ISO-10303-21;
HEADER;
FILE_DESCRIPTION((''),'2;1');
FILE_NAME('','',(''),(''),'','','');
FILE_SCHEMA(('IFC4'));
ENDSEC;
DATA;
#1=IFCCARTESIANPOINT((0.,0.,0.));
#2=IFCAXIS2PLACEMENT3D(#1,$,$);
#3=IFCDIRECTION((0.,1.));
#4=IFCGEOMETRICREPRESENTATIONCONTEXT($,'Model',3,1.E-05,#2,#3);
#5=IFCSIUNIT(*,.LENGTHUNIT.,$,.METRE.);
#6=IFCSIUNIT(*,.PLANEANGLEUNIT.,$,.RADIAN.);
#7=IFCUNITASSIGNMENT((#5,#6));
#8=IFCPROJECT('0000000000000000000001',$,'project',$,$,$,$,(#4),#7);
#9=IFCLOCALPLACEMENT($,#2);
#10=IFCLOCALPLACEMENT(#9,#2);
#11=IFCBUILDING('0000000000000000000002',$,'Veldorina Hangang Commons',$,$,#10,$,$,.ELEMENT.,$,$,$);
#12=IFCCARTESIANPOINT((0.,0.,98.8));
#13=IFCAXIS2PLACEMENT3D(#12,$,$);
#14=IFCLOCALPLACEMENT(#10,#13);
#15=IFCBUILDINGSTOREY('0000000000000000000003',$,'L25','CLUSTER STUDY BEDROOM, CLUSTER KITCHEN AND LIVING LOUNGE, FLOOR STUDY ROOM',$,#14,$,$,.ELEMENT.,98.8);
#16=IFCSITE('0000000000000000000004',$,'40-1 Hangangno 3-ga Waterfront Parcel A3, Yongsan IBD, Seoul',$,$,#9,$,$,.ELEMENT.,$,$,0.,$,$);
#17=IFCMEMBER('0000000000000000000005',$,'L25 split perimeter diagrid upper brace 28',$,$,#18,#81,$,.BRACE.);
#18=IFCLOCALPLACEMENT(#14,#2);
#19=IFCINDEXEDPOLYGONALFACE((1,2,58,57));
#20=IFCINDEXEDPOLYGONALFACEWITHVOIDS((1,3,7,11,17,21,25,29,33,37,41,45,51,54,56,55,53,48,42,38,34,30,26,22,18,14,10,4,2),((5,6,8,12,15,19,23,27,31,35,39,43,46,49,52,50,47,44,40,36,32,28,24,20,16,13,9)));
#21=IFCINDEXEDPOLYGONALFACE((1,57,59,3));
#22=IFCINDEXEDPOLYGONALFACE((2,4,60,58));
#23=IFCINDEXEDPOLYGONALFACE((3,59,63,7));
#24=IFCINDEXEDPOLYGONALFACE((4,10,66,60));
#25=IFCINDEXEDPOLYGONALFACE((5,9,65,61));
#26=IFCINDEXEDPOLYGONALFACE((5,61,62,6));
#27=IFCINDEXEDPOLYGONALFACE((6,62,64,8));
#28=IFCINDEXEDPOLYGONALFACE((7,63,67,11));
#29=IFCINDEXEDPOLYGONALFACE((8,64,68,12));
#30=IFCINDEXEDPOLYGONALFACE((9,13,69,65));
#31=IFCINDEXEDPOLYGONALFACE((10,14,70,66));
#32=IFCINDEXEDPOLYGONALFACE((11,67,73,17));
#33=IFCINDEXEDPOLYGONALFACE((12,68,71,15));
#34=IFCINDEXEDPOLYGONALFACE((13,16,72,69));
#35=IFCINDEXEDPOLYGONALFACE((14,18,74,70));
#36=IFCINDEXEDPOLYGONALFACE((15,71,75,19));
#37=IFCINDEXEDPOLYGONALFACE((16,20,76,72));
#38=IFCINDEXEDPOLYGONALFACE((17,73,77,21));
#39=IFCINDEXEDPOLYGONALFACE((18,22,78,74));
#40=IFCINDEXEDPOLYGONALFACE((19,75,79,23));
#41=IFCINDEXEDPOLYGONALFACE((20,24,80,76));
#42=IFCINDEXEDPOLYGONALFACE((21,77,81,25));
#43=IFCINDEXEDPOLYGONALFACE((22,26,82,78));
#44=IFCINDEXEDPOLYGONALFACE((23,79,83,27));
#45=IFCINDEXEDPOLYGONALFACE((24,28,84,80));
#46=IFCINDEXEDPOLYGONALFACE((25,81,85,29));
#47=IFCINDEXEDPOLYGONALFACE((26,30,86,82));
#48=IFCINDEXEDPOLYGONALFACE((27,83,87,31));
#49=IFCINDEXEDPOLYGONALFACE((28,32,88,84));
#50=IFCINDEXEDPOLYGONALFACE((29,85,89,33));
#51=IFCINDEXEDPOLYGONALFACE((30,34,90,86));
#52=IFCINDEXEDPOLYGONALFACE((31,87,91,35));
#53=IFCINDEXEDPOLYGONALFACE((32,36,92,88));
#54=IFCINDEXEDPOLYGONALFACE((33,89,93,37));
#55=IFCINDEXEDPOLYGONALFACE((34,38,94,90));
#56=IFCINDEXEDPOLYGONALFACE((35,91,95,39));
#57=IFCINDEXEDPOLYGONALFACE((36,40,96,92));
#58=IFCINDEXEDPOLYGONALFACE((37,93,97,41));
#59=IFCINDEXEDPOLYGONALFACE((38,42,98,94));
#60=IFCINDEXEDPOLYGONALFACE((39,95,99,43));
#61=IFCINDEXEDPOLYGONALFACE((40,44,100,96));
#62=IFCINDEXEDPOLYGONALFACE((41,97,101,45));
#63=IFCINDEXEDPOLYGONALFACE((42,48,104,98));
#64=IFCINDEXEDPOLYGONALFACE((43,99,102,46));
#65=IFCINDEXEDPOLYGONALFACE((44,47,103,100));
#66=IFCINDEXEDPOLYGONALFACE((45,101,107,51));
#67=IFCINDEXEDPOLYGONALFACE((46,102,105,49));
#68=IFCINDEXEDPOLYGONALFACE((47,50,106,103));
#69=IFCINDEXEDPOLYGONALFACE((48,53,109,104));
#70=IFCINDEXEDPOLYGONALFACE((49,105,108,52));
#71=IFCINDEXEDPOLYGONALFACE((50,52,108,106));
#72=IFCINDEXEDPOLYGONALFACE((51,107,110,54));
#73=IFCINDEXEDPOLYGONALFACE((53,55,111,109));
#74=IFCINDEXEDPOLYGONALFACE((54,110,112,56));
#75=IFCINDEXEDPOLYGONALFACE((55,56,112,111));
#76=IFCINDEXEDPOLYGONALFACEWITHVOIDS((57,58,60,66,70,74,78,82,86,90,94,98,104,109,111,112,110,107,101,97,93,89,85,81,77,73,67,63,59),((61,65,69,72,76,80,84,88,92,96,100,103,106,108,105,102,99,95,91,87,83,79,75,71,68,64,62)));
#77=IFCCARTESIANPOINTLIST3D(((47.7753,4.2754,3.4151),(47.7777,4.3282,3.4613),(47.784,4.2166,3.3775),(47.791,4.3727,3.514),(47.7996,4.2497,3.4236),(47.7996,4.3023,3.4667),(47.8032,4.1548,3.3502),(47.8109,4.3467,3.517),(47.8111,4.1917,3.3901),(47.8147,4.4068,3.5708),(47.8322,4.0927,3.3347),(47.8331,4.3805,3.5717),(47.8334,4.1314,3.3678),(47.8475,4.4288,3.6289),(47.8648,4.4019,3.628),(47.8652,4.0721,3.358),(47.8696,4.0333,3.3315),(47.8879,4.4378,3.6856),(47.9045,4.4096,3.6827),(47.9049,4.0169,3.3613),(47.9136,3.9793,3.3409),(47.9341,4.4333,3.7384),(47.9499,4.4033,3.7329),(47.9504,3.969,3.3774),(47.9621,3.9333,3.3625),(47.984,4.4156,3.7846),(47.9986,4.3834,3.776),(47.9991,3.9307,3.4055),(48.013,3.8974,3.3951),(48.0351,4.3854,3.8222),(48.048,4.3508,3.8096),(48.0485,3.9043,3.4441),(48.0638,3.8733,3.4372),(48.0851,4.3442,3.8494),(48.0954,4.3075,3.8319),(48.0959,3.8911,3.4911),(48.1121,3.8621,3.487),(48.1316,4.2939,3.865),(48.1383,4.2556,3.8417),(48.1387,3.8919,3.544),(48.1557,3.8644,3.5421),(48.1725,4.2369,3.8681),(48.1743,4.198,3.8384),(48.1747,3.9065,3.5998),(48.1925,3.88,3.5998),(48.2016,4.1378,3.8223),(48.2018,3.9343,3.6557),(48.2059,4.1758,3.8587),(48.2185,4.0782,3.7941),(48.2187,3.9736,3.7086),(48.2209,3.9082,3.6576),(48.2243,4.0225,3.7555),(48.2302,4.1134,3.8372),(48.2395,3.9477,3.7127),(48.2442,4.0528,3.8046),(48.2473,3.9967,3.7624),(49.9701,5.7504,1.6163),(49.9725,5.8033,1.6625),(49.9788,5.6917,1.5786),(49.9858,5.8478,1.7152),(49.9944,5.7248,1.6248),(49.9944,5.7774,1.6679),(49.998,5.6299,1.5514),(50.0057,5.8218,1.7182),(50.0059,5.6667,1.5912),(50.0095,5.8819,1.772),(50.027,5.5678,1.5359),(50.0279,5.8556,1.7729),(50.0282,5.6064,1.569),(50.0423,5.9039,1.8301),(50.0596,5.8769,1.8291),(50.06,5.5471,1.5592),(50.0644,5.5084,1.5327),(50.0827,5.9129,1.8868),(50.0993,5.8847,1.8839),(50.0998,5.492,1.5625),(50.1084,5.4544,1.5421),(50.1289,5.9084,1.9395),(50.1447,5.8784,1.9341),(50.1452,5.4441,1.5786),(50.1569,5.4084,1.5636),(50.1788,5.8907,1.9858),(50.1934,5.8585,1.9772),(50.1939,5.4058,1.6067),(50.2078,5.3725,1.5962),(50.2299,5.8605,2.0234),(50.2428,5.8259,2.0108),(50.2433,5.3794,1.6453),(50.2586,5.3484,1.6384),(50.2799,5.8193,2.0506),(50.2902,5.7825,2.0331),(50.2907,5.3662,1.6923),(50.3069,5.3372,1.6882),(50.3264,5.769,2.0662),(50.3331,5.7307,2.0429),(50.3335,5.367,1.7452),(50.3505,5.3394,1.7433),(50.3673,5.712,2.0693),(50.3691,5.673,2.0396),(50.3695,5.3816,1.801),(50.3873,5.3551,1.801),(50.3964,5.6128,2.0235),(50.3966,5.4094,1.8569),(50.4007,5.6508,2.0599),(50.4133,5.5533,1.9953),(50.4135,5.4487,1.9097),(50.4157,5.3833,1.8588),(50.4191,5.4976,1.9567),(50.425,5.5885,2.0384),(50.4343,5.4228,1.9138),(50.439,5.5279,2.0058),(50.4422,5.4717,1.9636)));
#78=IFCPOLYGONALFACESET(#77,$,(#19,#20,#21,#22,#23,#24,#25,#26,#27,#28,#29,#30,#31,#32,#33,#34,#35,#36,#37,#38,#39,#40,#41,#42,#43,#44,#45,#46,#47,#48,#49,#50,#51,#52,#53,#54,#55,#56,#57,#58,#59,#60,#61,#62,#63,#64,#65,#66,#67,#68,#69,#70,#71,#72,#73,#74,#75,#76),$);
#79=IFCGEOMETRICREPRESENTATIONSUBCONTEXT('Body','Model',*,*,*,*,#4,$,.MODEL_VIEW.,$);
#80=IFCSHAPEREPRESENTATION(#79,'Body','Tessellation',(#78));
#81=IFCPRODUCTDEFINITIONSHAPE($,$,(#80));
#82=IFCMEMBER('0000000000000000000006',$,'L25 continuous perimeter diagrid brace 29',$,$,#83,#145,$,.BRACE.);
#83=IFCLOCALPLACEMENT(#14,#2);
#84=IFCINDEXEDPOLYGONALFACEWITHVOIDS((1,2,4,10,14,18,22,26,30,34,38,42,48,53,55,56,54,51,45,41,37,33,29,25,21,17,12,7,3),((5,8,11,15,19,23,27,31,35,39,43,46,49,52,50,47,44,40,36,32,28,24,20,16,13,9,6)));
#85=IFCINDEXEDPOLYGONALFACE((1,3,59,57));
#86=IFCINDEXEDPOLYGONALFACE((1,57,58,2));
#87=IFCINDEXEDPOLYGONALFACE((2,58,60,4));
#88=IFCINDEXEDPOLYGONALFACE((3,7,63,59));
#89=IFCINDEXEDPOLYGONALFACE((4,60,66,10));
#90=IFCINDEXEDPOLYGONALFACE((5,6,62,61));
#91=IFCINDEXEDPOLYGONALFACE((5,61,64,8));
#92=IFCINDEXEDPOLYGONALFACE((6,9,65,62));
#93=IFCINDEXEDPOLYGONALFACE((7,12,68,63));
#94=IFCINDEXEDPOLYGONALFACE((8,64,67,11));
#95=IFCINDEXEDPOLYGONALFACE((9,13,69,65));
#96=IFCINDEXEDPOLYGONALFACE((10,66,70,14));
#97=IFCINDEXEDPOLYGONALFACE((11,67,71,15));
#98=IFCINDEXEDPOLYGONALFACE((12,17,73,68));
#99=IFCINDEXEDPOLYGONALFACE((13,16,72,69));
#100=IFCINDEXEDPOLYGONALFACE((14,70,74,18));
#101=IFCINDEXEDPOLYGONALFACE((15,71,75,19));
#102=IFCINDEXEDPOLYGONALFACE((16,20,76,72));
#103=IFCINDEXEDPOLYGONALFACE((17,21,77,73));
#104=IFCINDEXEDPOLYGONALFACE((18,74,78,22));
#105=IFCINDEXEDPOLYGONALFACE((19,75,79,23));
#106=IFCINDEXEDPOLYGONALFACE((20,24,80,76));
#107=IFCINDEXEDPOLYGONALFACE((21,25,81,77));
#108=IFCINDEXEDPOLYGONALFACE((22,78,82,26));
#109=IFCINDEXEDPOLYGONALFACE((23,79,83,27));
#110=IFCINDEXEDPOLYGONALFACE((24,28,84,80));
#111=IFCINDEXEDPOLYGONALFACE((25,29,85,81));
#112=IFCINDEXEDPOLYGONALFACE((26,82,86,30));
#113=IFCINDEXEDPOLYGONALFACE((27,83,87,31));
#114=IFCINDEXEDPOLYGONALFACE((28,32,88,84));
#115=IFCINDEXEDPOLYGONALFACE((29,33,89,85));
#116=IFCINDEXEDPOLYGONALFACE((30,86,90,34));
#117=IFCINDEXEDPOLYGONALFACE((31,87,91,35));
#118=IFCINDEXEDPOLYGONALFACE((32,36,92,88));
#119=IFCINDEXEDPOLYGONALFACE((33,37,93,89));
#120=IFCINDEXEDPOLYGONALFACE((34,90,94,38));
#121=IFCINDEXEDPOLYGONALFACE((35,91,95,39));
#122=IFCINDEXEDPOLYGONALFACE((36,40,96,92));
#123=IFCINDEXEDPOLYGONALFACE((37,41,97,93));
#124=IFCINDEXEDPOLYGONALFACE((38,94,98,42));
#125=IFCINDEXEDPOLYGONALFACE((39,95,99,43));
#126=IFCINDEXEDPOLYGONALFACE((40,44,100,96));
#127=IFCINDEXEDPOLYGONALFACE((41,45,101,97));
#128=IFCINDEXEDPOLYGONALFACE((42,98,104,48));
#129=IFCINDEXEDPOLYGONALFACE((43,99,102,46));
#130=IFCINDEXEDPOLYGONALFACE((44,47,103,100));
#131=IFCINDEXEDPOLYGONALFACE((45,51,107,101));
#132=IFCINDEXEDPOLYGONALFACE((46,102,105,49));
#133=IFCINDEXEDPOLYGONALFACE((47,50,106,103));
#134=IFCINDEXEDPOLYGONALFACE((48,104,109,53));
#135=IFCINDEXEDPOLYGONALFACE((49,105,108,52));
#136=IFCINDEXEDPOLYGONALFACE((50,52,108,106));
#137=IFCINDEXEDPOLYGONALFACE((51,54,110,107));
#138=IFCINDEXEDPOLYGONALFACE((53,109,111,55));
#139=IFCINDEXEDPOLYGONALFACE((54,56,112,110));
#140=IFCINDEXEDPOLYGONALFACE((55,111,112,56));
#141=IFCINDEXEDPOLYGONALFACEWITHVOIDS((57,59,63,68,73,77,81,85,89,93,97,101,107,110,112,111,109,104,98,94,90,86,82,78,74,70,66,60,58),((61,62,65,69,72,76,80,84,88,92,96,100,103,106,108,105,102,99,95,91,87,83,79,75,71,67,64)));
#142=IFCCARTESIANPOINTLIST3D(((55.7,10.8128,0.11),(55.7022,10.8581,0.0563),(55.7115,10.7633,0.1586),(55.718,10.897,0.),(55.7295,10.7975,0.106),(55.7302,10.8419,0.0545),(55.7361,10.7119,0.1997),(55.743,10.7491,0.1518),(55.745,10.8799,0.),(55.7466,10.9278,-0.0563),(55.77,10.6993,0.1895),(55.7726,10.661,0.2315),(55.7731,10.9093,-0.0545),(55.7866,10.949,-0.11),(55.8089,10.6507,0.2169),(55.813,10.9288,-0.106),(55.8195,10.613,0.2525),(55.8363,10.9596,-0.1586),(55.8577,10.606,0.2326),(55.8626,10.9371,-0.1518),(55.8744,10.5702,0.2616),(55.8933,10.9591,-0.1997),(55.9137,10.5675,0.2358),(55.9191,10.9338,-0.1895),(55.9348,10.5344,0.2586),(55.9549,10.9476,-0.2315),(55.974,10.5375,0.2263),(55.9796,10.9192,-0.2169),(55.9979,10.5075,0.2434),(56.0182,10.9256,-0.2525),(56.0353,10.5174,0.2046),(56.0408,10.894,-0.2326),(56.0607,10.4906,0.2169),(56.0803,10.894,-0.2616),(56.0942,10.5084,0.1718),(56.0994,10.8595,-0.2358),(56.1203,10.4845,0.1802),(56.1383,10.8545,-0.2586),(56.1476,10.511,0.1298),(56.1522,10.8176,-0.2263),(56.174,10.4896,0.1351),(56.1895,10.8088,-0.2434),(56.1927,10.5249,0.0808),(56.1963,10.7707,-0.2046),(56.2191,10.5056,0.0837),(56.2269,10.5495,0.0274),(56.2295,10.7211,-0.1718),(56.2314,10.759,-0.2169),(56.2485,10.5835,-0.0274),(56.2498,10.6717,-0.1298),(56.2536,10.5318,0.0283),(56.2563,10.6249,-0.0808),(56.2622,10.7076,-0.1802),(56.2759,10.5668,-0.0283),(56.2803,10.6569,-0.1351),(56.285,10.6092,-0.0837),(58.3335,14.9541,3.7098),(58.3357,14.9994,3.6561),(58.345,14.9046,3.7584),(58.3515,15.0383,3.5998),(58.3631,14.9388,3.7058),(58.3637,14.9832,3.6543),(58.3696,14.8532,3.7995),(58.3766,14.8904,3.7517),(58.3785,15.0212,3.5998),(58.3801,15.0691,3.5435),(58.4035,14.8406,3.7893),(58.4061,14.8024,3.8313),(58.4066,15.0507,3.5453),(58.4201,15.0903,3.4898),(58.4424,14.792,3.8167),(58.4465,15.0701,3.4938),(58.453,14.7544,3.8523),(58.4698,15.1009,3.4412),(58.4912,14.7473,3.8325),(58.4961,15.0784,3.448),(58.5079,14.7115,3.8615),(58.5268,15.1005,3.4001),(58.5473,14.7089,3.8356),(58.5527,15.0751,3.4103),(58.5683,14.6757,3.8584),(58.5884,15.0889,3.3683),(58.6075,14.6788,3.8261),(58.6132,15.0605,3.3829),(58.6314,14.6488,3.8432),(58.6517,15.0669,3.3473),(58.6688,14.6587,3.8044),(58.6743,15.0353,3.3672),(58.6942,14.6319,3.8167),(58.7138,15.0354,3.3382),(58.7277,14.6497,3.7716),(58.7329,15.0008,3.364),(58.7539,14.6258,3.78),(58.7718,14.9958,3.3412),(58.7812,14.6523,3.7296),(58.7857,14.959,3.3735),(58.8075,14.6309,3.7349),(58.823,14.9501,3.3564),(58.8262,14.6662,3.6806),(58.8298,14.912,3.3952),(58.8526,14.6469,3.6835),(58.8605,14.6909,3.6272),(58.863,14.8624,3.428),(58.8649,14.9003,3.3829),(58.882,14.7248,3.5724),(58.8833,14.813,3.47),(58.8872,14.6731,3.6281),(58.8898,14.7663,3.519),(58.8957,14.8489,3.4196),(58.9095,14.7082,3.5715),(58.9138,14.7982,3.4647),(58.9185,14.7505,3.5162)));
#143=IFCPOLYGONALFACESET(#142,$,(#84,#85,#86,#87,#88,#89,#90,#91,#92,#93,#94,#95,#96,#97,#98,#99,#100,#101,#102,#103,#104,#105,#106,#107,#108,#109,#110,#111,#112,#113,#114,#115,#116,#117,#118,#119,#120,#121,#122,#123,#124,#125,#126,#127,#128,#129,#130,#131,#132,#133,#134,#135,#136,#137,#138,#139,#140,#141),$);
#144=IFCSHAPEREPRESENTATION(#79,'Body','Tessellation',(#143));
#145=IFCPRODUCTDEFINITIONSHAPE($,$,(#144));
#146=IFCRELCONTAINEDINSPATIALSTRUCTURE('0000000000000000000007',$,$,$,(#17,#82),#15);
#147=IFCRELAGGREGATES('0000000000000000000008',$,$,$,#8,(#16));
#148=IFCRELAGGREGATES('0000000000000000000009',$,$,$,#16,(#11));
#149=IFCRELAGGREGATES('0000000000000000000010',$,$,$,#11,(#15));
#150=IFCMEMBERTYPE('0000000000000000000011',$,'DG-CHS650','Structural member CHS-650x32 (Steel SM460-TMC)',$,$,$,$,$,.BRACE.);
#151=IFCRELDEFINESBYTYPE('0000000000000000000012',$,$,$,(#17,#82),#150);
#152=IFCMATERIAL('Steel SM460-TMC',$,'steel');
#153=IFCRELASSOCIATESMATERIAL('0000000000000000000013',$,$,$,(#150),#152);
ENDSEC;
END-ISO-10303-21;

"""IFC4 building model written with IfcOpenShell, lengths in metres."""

from ifc_helpers import new_model, si_unit, direction, frame, origin, origin_2d, place, context, subcontext, project, spatial, hollow_circle, extrude, material, material_profile, profile_set, type_object, element, save


model = new_model("IFC4")

# Units and contexts
model_context = context("Model", 3, precision=1e-05, world=origin(), true_north=direction((0.0, 1.0)))
body_context = subcontext(model_context, "Body", "Model", "MODEL_VIEW")
ifc_project = project(units=[si_unit("LENGTHUNIT", "METRE"), si_unit("PLANEANGLEUNIT", "RADIAN")], contexts=[model_context])

# Site, building, storey
site_placement = place(None, origin())
site = spatial("IfcSite", under=ifc_project, at=site_placement, Name="40-1 Hangangno 3-ga Waterfront Parcel A3, Yongsan IBD, Seoul", CompositionType="ELEMENT", RefElevation=0.0)
building_placement = place(site_placement, origin())
building = spatial("IfcBuilding", under=site, at=building_placement, Name="Veldorina Hangang Commons", CompositionType="ELEMENT")
storey_placement = place(building_placement, frame((0.0, 0.0, 98.8)))
storey = spatial("IfcBuildingStorey", under=building, at=storey_placement, Name="L25", Description="CLUSTER STUDY BEDROOM, CLUSTER KITCHEN AND LIVING LOUNGE, FLOOR STUDY ROOM", CompositionType="ELEMENT", Elevation=98.8)

# Members
ifc_material_1 = material(Name="Steel SM460-TMC", Category="steel")
ifc_material_profile_1 = material_profile(ifc_material_1, hollow_circle(Radius=0.325, WallThickness=0.032, at=origin_2d()), Name="CHS-650x32")
ifc_profile_set_1 = profile_set([ifc_material_profile_1], Name="Steel SM460-TMC")
member_type_1 = type_object("IfcMemberType", Name="DG-CHS650", Description="Structural member CHS-650x32 (Steel SM460-TMC)", PredefinedType="BRACE", material=ifc_profile_set_1)
member_1_placement = place(storey_placement, frame((50.2061, 5.6248, 1.801), z_axis=(-0.686253, -0.461217, 0.562437), x_axis=(0.557807, -0.829971, 0.0)))
element("IfcMember", 1, at=member_1_placement, inside=storey, type_object=member_type_1, Name="L25 split perimeter diagrid upper brace 28", PredefinedType="BRACE", context=body_context, shape_type="SweptSolid", body=[
    extrude(hollow_circle(Radius=0.325, WallThickness=0.032, at=origin_2d()), origin(), (0.0, 0.0, 1.0), 3.1982),
])
member_2_placement = place(storey_placement, frame((55.9922, 10.7227, 0.0), z_axis=(0.432687, 0.680418, 0.59145), x_axis=(-0.843834, 0.536605, 0.0)))
element("IfcMember", 2, at=member_2_placement, inside=storey, type_object=member_type_1, Name="L25 continuous perimeter diagrid brace 29", PredefinedType="BRACE", context=body_context, shape_type="SweptSolid", body=[
    extrude(hollow_circle(Radius=0.325, WallThickness=0.032, at=origin_2d()), origin(), (0.0, 0.0, 1.0), 6.0864),
])

save(model, "model.ifc")
